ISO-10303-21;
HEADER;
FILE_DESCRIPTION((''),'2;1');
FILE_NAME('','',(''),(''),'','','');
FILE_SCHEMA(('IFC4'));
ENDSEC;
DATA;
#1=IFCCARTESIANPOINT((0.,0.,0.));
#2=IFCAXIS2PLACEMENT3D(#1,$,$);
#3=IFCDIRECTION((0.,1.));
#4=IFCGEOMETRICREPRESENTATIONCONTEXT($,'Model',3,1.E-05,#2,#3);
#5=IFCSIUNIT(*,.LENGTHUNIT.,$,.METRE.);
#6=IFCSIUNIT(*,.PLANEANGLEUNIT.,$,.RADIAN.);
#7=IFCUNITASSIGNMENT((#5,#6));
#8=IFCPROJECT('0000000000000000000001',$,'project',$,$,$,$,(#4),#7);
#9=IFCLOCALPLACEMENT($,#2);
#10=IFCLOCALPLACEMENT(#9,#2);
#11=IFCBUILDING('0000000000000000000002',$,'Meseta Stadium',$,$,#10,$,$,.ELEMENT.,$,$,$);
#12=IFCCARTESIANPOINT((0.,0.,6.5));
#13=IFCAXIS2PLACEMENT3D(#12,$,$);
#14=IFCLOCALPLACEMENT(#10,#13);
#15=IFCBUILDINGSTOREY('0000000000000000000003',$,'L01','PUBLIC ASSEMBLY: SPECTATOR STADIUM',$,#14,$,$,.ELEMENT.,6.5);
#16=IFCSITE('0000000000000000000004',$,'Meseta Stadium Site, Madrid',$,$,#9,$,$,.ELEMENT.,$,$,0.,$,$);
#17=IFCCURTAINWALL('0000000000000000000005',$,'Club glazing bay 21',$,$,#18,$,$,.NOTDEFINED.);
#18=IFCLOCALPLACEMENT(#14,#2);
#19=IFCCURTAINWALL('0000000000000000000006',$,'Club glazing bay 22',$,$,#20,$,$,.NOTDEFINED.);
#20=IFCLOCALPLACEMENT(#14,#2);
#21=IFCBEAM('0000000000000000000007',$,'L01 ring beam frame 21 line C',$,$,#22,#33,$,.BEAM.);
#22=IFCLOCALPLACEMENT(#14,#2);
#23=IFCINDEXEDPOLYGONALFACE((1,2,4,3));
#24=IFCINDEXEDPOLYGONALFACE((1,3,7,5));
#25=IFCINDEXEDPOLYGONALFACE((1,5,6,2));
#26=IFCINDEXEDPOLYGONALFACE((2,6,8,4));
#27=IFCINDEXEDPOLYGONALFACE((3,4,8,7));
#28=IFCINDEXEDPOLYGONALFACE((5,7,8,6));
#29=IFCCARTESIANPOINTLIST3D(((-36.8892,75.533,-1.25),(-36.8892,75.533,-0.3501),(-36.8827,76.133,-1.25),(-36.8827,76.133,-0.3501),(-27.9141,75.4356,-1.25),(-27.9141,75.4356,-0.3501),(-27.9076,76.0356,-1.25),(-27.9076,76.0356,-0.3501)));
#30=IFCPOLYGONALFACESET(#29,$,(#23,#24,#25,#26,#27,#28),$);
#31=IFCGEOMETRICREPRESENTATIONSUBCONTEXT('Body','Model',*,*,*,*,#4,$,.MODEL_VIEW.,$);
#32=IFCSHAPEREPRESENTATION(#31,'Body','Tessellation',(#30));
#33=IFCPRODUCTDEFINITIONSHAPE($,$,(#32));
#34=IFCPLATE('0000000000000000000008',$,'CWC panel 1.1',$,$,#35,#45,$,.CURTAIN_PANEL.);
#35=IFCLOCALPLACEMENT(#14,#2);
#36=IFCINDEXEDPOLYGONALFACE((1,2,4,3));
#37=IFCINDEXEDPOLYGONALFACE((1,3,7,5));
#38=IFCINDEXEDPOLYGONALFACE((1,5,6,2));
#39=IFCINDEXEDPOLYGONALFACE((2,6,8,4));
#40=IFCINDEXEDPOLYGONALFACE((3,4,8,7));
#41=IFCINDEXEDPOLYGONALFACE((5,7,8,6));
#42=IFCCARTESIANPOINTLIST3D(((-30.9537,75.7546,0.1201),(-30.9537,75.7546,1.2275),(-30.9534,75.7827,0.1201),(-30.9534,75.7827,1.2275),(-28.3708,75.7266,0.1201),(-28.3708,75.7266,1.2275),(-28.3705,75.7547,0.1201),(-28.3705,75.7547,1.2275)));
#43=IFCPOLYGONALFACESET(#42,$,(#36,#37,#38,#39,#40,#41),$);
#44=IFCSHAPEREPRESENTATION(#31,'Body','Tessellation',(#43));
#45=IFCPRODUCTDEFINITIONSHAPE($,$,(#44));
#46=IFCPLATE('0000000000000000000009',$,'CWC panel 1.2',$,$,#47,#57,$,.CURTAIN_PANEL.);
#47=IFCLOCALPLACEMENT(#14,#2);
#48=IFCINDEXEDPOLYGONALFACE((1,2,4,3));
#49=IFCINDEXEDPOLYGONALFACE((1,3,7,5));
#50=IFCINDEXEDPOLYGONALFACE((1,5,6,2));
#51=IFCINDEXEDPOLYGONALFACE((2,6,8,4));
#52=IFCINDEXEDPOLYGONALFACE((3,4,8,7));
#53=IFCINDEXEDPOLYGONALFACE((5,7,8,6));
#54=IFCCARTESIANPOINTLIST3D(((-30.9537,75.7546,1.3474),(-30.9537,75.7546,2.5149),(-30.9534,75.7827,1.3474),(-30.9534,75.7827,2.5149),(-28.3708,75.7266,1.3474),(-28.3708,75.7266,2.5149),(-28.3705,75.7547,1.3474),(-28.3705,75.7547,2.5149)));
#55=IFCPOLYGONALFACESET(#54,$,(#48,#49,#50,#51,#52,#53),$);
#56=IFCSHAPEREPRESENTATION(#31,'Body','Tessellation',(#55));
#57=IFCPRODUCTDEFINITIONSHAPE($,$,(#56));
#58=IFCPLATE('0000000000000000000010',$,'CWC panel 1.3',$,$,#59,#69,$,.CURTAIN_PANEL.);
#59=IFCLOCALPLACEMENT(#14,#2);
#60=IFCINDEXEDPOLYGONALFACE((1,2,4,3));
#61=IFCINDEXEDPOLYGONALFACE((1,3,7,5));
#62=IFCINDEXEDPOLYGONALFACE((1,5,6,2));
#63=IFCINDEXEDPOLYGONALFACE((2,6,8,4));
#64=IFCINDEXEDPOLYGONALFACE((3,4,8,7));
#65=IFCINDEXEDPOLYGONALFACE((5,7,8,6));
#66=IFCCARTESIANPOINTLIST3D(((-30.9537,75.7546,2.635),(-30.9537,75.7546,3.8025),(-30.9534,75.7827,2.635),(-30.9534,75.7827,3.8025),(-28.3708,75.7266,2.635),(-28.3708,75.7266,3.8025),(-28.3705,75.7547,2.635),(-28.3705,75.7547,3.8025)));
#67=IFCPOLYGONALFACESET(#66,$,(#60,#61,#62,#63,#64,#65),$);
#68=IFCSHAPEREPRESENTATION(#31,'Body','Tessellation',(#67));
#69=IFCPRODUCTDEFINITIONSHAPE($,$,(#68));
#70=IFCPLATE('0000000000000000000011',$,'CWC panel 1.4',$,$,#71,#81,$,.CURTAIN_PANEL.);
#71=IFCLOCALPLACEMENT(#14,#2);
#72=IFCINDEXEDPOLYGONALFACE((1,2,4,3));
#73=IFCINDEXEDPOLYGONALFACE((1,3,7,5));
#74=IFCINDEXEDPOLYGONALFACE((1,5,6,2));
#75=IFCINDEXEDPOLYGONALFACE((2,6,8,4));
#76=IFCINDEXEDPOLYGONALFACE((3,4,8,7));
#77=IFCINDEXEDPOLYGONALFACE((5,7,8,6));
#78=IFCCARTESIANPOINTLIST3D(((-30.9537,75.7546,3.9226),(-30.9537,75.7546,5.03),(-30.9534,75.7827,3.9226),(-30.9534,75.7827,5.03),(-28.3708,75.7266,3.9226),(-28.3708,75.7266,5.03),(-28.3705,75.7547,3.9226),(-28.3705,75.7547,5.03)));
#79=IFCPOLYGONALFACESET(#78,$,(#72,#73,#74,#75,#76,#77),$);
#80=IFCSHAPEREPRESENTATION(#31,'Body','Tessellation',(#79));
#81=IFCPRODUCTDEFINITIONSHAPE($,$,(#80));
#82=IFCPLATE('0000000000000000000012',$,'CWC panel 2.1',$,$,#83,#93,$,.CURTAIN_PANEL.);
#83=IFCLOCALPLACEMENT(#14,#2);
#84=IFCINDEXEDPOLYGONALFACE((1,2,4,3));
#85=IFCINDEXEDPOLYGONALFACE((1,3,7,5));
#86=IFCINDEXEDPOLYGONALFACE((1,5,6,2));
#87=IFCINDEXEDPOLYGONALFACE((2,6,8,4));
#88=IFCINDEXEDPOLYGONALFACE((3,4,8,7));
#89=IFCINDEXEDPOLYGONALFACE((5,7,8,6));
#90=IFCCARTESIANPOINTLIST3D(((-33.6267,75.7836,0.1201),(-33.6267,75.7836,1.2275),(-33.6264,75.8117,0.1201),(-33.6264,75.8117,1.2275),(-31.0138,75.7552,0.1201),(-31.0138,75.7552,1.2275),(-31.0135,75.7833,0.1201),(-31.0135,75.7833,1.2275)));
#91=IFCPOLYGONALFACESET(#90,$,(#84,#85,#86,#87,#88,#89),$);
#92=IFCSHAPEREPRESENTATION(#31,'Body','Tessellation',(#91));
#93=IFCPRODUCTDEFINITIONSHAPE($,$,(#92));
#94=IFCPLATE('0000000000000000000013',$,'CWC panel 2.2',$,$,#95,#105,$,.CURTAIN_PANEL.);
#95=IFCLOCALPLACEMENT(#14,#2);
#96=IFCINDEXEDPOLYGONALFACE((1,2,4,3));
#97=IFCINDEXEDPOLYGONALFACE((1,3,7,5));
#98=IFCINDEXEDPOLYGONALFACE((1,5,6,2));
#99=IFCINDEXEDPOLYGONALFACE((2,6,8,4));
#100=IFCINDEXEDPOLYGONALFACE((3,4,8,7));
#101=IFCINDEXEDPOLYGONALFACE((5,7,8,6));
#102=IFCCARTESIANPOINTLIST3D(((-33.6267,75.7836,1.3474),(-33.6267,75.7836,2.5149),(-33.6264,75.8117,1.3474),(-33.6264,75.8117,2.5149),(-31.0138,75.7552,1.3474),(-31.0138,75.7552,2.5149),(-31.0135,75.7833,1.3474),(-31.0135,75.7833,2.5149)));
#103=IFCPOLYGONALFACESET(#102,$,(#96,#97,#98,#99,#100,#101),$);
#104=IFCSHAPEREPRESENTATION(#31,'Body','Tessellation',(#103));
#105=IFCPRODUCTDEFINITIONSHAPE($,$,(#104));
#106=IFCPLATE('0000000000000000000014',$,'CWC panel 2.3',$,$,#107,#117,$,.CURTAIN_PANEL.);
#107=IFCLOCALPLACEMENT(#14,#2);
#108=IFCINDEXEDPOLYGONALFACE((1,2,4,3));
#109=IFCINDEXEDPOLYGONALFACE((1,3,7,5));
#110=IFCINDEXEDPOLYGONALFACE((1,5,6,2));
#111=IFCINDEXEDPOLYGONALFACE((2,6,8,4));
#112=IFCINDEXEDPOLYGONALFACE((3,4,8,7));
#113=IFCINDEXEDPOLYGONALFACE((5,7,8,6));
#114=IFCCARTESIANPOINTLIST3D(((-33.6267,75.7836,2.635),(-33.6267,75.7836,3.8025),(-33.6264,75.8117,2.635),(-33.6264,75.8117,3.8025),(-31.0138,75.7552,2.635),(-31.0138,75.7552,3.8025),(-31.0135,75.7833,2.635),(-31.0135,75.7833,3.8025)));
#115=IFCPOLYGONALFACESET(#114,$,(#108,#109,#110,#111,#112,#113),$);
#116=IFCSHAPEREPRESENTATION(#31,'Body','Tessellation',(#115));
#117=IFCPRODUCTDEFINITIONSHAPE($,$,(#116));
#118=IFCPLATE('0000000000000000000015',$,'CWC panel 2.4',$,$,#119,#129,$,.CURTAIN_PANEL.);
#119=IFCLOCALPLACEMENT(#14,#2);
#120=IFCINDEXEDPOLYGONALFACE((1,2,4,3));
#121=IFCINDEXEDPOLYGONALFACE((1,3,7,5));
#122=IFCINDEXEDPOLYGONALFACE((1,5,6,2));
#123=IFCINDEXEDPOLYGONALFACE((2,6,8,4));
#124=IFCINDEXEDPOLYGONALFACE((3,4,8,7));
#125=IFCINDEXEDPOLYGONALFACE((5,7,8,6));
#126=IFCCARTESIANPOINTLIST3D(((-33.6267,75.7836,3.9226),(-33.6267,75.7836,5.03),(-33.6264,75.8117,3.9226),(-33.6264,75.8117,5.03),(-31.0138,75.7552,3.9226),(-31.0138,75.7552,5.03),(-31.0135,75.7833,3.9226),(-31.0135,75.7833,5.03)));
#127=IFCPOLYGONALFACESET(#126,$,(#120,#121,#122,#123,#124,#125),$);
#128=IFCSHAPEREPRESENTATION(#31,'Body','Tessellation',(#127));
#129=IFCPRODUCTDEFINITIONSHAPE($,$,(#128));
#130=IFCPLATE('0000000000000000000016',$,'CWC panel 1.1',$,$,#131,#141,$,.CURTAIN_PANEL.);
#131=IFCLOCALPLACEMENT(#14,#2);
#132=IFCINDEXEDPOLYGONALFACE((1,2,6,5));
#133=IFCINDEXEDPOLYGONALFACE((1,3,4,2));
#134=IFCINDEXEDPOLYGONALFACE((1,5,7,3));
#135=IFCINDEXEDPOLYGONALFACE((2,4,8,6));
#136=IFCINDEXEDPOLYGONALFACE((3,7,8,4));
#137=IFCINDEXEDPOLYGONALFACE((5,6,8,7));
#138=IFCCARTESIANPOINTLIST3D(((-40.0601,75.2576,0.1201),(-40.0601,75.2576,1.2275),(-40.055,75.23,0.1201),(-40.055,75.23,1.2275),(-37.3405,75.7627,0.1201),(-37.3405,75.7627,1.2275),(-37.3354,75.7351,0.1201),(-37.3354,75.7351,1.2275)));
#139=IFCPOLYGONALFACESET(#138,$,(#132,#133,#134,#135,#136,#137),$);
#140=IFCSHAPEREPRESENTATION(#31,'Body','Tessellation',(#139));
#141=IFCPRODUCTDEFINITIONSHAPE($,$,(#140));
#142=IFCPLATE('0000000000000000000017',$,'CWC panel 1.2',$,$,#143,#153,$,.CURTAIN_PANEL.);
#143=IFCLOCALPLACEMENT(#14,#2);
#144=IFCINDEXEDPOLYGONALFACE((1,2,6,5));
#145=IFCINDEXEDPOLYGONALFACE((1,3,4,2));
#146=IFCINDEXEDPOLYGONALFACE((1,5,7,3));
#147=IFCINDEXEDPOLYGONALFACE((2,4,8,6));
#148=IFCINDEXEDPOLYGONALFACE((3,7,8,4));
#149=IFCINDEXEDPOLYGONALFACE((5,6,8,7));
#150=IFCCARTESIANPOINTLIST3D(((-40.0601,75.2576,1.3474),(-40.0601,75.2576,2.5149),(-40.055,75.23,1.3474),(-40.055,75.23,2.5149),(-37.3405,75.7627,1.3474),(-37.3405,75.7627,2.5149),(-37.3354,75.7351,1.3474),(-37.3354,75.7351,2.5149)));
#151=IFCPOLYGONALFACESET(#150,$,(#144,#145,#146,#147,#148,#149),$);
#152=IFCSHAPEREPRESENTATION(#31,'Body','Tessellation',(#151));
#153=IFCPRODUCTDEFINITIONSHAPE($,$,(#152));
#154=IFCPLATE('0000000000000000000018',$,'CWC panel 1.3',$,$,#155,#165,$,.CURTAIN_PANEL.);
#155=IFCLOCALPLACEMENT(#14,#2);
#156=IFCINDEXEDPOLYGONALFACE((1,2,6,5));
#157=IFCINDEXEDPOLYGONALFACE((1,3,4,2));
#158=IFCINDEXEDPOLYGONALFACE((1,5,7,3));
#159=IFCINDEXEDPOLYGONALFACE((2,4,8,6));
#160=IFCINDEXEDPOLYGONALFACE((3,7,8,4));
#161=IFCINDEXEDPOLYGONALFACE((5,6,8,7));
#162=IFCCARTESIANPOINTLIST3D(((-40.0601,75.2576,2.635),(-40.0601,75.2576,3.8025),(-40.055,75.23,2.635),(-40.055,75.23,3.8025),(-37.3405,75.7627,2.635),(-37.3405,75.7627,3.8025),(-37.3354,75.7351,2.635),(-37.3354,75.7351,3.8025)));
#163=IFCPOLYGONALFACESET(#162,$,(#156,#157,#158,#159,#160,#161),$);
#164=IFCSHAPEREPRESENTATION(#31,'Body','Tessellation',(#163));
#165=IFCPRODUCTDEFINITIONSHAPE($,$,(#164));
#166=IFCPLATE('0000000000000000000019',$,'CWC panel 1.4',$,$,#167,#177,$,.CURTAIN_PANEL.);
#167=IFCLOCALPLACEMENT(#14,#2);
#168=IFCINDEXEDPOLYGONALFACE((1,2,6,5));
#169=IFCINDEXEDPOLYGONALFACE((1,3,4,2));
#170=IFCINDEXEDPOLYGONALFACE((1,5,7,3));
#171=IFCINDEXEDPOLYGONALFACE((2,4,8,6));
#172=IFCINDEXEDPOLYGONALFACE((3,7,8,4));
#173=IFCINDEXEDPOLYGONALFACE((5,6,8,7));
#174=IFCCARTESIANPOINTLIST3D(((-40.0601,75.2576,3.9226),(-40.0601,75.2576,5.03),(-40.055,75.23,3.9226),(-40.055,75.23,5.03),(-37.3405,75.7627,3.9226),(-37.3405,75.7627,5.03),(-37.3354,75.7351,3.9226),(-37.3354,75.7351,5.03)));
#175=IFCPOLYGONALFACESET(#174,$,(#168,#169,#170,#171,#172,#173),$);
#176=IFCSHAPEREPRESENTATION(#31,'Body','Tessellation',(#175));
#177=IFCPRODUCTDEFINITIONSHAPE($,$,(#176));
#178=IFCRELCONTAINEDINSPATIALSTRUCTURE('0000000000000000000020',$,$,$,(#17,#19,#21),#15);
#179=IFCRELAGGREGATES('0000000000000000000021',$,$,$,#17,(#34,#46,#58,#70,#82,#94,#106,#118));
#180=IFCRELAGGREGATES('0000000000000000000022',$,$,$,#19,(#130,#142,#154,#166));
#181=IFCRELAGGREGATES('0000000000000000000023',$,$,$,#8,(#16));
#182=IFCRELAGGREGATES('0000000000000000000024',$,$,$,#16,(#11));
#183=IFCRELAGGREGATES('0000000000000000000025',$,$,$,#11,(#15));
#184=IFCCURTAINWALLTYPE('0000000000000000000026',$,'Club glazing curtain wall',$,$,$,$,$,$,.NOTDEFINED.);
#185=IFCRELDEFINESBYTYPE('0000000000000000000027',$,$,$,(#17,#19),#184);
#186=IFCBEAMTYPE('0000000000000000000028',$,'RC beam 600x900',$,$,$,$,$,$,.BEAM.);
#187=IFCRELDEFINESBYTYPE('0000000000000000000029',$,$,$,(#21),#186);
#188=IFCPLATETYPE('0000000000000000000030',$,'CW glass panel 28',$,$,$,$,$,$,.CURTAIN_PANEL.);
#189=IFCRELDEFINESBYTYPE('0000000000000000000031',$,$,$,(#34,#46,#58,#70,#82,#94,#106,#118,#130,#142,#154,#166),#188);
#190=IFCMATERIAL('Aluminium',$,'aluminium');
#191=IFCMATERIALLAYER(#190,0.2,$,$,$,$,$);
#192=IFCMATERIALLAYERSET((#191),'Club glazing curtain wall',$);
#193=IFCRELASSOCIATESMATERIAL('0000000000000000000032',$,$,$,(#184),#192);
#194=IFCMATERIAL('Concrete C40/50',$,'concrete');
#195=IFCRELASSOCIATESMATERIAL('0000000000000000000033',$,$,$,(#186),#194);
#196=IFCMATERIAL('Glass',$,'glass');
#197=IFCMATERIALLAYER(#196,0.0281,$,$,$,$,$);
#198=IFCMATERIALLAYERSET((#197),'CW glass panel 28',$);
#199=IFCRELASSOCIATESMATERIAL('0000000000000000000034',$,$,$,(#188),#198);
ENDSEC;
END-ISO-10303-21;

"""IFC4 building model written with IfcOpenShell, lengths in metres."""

from ifc_helpers import new_model, si_unit, direction, frame, origin, origin_2d, place, context, subcontext, project, spatial, rectangle, extrude, material, layer, layer_set, material_profile, profile_set, type_object, element, aggregate, save


model = new_model("IFC4")

# Units and contexts
model_context = context("Model", 3, precision=1e-05, world=origin(), true_north=direction((0.0, 1.0)))
body_context = subcontext(model_context, "Body", "Model", "MODEL_VIEW")
ifc_project = project(units=[si_unit("LENGTHUNIT", "METRE"), si_unit("PLANEANGLEUNIT", "RADIAN")], contexts=[model_context])

# Site, building, storey
site_placement = place(None, origin())
site = spatial("IfcSite", under=ifc_project, at=site_placement, Name="Meseta Stadium Site, Madrid", CompositionType="ELEMENT", RefElevation=0.0)
building_placement = place(site_placement, origin())
building = spatial("IfcBuilding", under=site, at=building_placement, Name="Meseta Stadium", CompositionType="ELEMENT")
storey_placement = place(building_placement, frame((0.0, 0.0, 6.5)))
storey = spatial("IfcBuildingStorey", under=building, at=storey_placement, Name="L01", Description="PUBLIC ASSEMBLY: SPECTATOR STADIUM", CompositionType="ELEMENT", Elevation=6.5)

# Shared definitions
ifc_material_1 = material(Name="Aluminium", Category="aluminium")
ifc_layer_1 = layer(ifc_material_1, 0.2)
ifc_layer_set_1 = layer_set([ifc_layer_1], Name="Club glazing curtain wall")
curtain_wall_type = type_object("IfcCurtainWallType", Name="Club glazing curtain wall", PredefinedType="NOTDEFINED", material=ifc_layer_set_1)

# Curtain wall
curtain_wall_1_placement = place(storey_placement, origin())
curtain_wall_1 = element("IfcCurtainWall", 1, at=curtain_wall_1_placement, inside=storey, type_object=curtain_wall_type, Name="Club glazing bay 21", PredefinedType="NOTDEFINED")

# Curtain wall
curtain_wall_2_placement = place(storey_placement, origin())
curtain_wall_2 = element("IfcCurtainWall", 2, at=curtain_wall_2_placement, inside=storey, type_object=curtain_wall_type, Name="Club glazing bay 22", PredefinedType="NOTDEFINED")

# Beam
ifc_material_2 = material(Name="Concrete C40/50", Category="concrete")
ifc_material_profile_1 = material_profile(ifc_material_2, rectangle(XDim=0.6001, YDim=0.8999, at=origin_2d()), Name="RC 600x900")
ifc_profile_set_1 = profile_set([ifc_material_profile_1], Name="Concrete C40/50")
beam_type_1 = type_object("IfcBeamType", Name="RC beam 600x900", PredefinedType="BEAM", material=ifc_profile_set_1)
beam_1_placement = place(storey_placement, frame((-27.9109, 75.7356, -0.8), z_axis=(-0.999941, 0.010853, 0.0), x_axis=(-0.010853, -0.999941, 0.0)))
element("IfcBeam", 3, at=beam_1_placement, inside=storey, type_object=beam_type_1, Name="L01 ring beam frame 21 line C", PredefinedType="BEAM", context=body_context, shape_type="SweptSolid", body=[
    extrude(rectangle(XDim=0.6001, YDim=0.8999, at=origin_2d()), origin(), (0.0, 0.0, 1.0), 8.9756),
])

# Plates
ifc_material_3 = material(Name="Glass", Category="glass")
ifc_layer_2 = layer(ifc_material_3, 0.0281)
ifc_layer_set_2 = layer_set([ifc_layer_2], Name="CW glass panel 28")
plate_type = type_object("IfcPlateType", Name="CW glass panel 28", PredefinedType="CURTAIN_PANEL", material=ifc_layer_set_2)
plate_1_placement = place(storey_placement, frame((-29.6621, 75.7546, 0.1201), z_axis=(0.0, 0.0, 1.0), x_axis=(-0.999941, 0.010843, 0.0)))
plate_1 = element("IfcPlate", 4, at=plate_1_placement, type_object=plate_type, Name="CWC panel 1.1", PredefinedType="CURTAIN_PANEL", context=body_context, shape_type="SweptSolid", body=[
    extrude(rectangle(XDim=2.583, YDim=0.0281, at=origin_2d()), origin(), (0.0, 0.0, 1.0), 1.1074),
])
plate_2_placement = place(storey_placement, frame((-29.6621, 75.7546, 1.3474), z_axis=(0.0, 0.0, 1.0), x_axis=(-0.999941, 0.010843, 0.0)))
plate_2 = element("IfcPlate", 5, at=plate_2_placement, type_object=plate_type, Name="CWC panel 1.2", PredefinedType="CURTAIN_PANEL", context=body_context, shape_type="SweptSolid", body=[
    extrude(rectangle(XDim=2.583, YDim=0.0281, at=origin_2d()), origin(), (0.0, 0.0, 1.0), 1.1675),
])
plate_3_placement = place(storey_placement, frame((-29.6621, 75.7546, 2.635), z_axis=(0.0, 0.0, 1.0), x_axis=(-0.999941, 0.010843, 0.0)))
plate_3 = element("IfcPlate", 6, at=plate_3_placement, type_object=plate_type, Name="CWC panel 1.3", PredefinedType="CURTAIN_PANEL", context=body_context, shape_type="SweptSolid", body=[
    extrude(rectangle(XDim=2.583, YDim=0.0281, at=origin_2d()), origin(), (0.0, 0.0, 1.0), 1.1675),
])
plate_4_placement = place(storey_placement, frame((-29.6621, 75.7546, 3.9226), z_axis=(0.0, 0.0, 1.0), x_axis=(-0.999941, 0.010843, 0.0)))
plate_4 = element("IfcPlate", 7, at=plate_4_placement, type_object=plate_type, Name="CWC panel 1.4", PredefinedType="CURTAIN_PANEL", context=body_context, shape_type="SweptSolid", body=[
    extrude(rectangle(XDim=2.583, YDim=0.0281, at=origin_2d()), origin(), (0.0, 0.0, 1.0), 1.1074),
])
plate_5_placement = place(storey_placement, frame((-32.3201, 75.7834, 0.1201), z_axis=(0.0, 0.0, 1.0), x_axis=(-0.999941, 0.010843, 0.0)))
plate_5 = element("IfcPlate", 8, at=plate_5_placement, type_object=plate_type, Name="CWC panel 2.1", PredefinedType="CURTAIN_PANEL", context=body_context, shape_type="SweptSolid", body=[
    extrude(rectangle(XDim=2.613, YDim=0.0281, at=origin_2d()), origin(), (0.0, 0.0, 1.0), 1.1074),
])
plate_6_placement = place(storey_placement, frame((-32.3201, 75.7834, 1.3474), z_axis=(0.0, 0.0, 1.0), x_axis=(-0.999941, 0.010843, 0.0)))
plate_6 = element("IfcPlate", 9, at=plate_6_placement, type_object=plate_type, Name="CWC panel 2.2", PredefinedType="CURTAIN_PANEL", context=body_context, shape_type="SweptSolid", body=[
    extrude(rectangle(XDim=2.613, YDim=0.0281, at=origin_2d()), origin(), (0.0, 0.0, 1.0), 1.1675),
])
plate_7_placement = place(storey_placement, frame((-32.3201, 75.7834, 2.635), z_axis=(0.0, 0.0, 1.0), x_axis=(-0.999941, 0.010843, 0.0)))
plate_7 = element("IfcPlate", 10, at=plate_7_placement, type_object=plate_type, Name="CWC panel 2.3", PredefinedType="CURTAIN_PANEL", context=body_context, shape_type="SweptSolid", body=[
    extrude(rectangle(XDim=2.613, YDim=0.0281, at=origin_2d()), origin(), (0.0, 0.0, 1.0), 1.1675),
])
plate_8_placement = place(storey_placement, frame((-32.3201, 75.7834, 3.9226), z_axis=(0.0, 0.0, 1.0), x_axis=(-0.999941, 0.010843, 0.0)))
plate_8 = element("IfcPlate", 11, at=plate_8_placement, type_object=plate_type, Name="CWC panel 2.4", PredefinedType="CURTAIN_PANEL", context=body_context, shape_type="SweptSolid", body=[
    extrude(rectangle(XDim=2.613, YDim=0.0281, at=origin_2d()), origin(), (0.0, 0.0, 1.0), 1.1074),
])
aggregate(curtain_wall_1, [plate_1, plate_2, plate_3, plate_4, plate_5, plate_6, plate_7, plate_8])
plate_9_placement = place(storey_placement, frame((-38.6978, 75.4963, 0.1201), z_axis=(0.0, 0.0, 1.0), x_axis=(-0.983187, -0.1826, 0.0)))
plate_9 = element("IfcPlate", 12, at=plate_9_placement, type_object=plate_type, Name="CWC panel 1.1", PredefinedType="CURTAIN_PANEL", context=body_context, shape_type="SweptSolid", body=[
    extrude(rectangle(XDim=2.7661, YDim=0.0281, at=origin_2d()), origin(), (0.0, 0.0, 1.0), 1.1074),
])
plate_10_placement = place(storey_placement, frame((-38.6978, 75.4963, 1.3474), z_axis=(0.0, 0.0, 1.0), x_axis=(-0.983187, -0.1826, 0.0)))
plate_10 = element("IfcPlate", 13, at=plate_10_placement, type_object=plate_type, Name="CWC panel 1.2", PredefinedType="CURTAIN_PANEL", context=body_context, shape_type="SweptSolid", body=[
    extrude(rectangle(XDim=2.7661, YDim=0.0281, at=origin_2d()), origin(), (0.0, 0.0, 1.0), 1.1675),
])
plate_11_placement = place(storey_placement, frame((-38.6978, 75.4963, 2.635), z_axis=(0.0, 0.0, 1.0), x_axis=(-0.983187, -0.1826, 0.0)))
plate_11 = element("IfcPlate", 14, at=plate_11_placement, type_object=plate_type, Name="CWC panel 1.3", PredefinedType="CURTAIN_PANEL", context=body_context, shape_type="SweptSolid", body=[
    extrude(rectangle(XDim=2.7661, YDim=0.0281, at=origin_2d()), origin(), (0.0, 0.0, 1.0), 1.1675),
])
plate_12_placement = place(storey_placement, frame((-38.6978, 75.4963, 3.9226), z_axis=(0.0, 0.0, 1.0), x_axis=(-0.983187, -0.1826, 0.0)))
plate_12 = element("IfcPlate", 15, at=plate_12_placement, type_object=plate_type, Name="CWC panel 1.4", PredefinedType="CURTAIN_PANEL", context=body_context, shape_type="SweptSolid", body=[
    extrude(rectangle(XDim=2.7661, YDim=0.0281, at=origin_2d()), origin(), (0.0, 0.0, 1.0), 1.1074),
])
aggregate(curtain_wall_2, [plate_9, plate_10, plate_11, plate_12])

save(model, "model.ifc")
